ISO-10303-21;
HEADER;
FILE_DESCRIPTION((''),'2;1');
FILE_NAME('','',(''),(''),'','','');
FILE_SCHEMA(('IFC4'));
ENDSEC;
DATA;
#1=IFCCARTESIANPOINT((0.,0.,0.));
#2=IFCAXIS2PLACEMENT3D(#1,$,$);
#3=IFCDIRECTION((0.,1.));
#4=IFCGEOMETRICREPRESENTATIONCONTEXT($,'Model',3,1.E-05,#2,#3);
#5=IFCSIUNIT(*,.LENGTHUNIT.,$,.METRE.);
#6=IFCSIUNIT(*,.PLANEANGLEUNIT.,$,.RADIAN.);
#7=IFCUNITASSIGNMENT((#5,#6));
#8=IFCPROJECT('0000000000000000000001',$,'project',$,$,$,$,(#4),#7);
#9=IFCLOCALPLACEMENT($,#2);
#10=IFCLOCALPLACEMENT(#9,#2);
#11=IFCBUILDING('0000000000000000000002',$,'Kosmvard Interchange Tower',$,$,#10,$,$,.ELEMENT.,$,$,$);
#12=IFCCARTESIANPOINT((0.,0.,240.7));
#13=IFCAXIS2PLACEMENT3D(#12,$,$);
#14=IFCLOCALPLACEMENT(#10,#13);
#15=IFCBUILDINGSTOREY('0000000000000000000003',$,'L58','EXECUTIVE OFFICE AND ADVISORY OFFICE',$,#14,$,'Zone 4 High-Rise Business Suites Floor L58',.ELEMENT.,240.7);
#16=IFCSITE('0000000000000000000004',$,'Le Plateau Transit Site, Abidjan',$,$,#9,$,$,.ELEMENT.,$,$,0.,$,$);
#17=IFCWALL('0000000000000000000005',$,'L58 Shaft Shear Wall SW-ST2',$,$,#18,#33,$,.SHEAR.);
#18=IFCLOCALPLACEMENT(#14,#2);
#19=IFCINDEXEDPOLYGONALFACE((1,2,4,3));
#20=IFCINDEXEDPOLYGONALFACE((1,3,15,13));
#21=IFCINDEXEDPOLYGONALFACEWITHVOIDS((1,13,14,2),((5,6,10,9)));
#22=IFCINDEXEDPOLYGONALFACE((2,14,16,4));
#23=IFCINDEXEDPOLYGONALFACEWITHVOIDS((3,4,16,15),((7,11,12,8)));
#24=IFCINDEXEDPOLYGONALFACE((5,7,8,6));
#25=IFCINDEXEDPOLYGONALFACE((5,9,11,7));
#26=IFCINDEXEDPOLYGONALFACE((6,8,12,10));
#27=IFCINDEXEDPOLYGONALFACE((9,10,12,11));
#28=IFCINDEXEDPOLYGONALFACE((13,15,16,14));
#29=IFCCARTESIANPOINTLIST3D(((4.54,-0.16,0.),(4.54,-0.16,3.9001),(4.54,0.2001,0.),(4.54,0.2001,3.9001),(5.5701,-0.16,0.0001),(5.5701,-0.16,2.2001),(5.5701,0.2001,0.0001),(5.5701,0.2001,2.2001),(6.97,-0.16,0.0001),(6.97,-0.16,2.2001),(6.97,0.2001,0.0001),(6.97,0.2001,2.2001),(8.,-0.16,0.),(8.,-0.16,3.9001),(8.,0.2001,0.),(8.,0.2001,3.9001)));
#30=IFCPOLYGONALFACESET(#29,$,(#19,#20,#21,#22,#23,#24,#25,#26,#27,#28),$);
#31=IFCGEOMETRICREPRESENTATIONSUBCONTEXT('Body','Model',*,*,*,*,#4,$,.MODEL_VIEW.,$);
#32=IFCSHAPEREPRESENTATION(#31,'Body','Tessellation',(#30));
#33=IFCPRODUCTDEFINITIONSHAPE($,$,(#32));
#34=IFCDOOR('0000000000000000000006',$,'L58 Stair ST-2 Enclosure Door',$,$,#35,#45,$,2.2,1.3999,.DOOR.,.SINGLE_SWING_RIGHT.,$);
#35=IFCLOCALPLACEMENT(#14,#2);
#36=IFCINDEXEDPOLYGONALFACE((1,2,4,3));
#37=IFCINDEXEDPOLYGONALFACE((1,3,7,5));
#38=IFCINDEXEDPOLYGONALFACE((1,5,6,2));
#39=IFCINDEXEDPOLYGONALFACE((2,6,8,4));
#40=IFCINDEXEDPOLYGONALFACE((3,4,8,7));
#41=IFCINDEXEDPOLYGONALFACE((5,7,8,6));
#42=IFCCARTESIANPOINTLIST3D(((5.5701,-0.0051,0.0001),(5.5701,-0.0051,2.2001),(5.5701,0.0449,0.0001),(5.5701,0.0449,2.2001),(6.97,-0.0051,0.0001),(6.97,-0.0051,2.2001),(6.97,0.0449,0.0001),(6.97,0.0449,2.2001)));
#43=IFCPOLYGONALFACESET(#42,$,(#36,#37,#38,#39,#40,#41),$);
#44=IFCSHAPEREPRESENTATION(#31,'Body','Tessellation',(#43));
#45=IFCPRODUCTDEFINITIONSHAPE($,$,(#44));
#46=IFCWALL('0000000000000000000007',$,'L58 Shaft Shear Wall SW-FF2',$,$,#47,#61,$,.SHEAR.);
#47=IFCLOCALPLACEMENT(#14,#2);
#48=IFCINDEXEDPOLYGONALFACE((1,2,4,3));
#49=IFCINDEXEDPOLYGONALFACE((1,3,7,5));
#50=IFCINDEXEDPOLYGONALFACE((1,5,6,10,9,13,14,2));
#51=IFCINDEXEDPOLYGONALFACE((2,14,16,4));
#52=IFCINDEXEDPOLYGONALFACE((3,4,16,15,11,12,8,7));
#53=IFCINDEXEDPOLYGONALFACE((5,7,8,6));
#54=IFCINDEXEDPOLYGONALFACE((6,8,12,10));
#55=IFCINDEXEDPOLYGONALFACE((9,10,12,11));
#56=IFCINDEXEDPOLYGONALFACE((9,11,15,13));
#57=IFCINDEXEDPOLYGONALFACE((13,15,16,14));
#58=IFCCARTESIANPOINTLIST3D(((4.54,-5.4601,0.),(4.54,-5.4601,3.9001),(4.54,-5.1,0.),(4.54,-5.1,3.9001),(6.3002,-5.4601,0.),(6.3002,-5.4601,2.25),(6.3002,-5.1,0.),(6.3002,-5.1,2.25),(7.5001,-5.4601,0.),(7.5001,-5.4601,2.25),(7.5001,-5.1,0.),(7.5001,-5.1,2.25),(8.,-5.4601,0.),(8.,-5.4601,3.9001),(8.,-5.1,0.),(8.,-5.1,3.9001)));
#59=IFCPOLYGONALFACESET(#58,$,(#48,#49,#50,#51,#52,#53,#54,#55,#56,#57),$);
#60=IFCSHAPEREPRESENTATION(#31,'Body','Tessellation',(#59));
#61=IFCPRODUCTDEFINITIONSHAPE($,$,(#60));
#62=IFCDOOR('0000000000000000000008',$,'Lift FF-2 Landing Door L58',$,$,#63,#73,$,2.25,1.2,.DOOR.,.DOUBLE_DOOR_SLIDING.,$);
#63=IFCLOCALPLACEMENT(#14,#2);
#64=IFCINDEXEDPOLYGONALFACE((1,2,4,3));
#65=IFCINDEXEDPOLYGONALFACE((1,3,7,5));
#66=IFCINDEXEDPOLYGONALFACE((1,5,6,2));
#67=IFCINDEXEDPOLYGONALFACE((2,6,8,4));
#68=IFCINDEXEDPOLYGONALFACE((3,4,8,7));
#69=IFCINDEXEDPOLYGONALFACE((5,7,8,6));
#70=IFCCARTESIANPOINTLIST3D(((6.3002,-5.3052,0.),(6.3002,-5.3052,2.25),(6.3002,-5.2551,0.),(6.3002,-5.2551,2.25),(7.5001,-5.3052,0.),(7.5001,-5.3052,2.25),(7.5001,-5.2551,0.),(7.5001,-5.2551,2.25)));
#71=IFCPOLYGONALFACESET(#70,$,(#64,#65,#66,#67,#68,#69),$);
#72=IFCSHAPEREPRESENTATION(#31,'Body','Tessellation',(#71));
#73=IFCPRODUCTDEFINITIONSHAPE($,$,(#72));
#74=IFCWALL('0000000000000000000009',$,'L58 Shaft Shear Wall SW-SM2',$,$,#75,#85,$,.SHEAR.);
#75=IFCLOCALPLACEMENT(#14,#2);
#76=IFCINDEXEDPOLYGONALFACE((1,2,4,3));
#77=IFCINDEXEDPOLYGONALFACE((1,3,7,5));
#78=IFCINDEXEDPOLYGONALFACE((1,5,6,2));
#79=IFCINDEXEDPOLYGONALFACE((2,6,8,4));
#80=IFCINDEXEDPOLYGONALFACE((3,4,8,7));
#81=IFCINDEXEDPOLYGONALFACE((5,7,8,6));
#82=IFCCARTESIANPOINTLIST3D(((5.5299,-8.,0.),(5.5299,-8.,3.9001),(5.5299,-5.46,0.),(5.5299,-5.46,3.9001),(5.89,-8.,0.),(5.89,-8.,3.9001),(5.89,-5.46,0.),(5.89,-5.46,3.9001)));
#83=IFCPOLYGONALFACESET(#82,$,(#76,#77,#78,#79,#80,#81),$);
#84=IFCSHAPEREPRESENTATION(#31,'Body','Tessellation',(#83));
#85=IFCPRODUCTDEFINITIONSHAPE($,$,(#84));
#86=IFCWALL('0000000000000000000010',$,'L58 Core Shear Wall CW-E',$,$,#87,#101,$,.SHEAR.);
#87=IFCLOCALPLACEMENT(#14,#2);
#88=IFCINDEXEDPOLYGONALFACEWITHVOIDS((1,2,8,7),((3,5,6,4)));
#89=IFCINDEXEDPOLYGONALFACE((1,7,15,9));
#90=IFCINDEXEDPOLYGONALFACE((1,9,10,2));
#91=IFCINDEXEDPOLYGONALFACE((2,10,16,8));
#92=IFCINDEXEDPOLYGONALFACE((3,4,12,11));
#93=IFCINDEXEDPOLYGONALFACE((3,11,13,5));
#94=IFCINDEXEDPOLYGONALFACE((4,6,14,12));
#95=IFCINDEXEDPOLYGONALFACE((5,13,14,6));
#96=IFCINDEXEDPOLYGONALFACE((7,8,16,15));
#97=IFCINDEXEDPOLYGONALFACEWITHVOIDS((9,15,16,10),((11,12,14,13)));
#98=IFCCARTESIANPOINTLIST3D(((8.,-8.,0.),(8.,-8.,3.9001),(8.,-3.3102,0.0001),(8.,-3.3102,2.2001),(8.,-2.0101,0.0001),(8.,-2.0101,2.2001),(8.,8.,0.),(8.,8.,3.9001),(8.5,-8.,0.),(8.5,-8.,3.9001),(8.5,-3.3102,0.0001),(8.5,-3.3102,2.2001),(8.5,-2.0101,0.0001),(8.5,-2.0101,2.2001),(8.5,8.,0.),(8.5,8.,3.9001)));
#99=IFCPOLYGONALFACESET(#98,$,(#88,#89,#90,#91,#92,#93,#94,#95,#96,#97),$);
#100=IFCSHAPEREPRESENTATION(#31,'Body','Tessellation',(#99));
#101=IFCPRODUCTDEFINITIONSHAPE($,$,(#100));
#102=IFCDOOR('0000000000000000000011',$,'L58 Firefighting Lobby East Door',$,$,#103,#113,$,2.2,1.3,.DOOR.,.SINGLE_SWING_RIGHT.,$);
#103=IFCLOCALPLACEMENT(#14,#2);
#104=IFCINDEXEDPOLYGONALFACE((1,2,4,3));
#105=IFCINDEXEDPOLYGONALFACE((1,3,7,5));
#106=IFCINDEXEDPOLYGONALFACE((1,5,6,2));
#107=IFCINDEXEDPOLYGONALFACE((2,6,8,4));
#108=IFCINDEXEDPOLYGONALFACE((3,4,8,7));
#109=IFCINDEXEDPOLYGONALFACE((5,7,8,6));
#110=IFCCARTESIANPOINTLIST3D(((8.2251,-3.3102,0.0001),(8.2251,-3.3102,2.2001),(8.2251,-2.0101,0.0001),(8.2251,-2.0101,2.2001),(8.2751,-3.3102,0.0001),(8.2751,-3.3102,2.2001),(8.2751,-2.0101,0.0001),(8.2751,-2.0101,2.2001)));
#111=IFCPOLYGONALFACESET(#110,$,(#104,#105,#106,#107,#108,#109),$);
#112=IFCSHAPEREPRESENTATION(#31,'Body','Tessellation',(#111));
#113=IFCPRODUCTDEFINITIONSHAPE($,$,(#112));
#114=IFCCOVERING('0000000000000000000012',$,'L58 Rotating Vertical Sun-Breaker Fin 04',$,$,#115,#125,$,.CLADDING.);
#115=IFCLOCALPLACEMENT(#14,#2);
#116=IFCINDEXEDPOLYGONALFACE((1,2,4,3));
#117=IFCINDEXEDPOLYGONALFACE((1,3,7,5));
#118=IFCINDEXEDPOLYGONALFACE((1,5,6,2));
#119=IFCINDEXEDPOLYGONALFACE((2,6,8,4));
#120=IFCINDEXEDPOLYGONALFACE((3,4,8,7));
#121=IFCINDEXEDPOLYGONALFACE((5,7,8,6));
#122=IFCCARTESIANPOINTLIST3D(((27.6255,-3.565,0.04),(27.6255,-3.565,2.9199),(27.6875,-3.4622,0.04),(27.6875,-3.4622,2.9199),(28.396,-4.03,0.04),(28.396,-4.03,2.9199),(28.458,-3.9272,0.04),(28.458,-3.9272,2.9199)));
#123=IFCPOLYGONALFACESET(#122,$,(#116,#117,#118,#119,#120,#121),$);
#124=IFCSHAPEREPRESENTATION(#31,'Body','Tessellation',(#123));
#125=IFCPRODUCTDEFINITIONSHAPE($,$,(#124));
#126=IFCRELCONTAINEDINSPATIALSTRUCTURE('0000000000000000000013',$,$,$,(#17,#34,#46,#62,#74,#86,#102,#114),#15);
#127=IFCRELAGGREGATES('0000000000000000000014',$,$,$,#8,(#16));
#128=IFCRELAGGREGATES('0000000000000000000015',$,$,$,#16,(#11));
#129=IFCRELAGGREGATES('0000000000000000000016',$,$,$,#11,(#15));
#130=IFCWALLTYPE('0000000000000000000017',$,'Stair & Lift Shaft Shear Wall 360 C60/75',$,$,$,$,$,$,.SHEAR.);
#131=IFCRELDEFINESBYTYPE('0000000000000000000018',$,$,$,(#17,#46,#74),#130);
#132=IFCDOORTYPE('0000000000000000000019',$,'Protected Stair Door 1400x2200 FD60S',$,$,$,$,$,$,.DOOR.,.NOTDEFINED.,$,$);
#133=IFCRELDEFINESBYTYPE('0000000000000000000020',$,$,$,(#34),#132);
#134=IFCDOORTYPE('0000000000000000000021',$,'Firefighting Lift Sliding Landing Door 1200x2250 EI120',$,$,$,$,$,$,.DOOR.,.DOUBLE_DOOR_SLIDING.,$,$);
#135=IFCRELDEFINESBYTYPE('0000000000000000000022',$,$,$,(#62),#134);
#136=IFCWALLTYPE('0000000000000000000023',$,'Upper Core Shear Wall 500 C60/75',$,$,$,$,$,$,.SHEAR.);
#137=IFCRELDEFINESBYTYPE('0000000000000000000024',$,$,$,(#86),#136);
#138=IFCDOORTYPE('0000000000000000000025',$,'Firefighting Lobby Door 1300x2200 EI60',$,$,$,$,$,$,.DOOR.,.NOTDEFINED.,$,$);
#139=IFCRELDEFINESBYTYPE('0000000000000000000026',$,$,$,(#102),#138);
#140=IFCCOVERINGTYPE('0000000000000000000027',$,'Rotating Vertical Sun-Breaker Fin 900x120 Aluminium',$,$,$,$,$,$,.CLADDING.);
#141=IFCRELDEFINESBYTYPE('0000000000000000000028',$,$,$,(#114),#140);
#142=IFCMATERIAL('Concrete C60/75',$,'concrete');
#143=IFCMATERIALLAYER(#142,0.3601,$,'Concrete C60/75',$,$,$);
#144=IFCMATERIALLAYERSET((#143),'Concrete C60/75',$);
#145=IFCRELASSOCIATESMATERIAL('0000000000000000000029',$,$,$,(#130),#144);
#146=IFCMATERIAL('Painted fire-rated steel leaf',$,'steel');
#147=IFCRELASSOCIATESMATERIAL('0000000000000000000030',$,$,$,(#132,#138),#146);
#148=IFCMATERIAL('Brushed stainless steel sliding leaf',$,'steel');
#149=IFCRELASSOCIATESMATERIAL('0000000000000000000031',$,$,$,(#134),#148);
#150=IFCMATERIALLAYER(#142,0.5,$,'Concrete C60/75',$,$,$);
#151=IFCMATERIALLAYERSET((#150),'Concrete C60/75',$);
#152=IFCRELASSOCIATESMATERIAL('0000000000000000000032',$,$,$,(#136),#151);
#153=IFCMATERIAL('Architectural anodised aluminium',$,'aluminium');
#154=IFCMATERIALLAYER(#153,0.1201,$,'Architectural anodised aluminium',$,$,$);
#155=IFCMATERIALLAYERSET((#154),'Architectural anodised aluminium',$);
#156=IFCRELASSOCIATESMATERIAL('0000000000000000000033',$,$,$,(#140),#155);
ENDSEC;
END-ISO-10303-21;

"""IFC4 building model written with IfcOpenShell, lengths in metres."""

from ifc_helpers import new_model, si_unit, direction, frame, frame_2d, origin, origin_2d, place, context, subcontext, project, spatial, rectangle, extrude, source, transform, mapped, material, layer, layer_set, type_object, element, fill, save


model = new_model("IFC4")

# Units and contexts
model_context = context("Model", 3, precision=1e-05, world=origin(), true_north=direction((0.0, 1.0)))
body_context = subcontext(model_context, "Body", "Model", "MODEL_VIEW")
ifc_project = project(units=[si_unit("LENGTHUNIT", "METRE"), si_unit("PLANEANGLEUNIT", "RADIAN")], contexts=[model_context])

# Site, building, storey
site_placement = place(None, origin())
site = spatial("IfcSite", under=ifc_project, at=site_placement, Name="Le Plateau Transit Site, Abidjan", CompositionType="ELEMENT", RefElevation=0.0)
building_placement = place(site_placement, origin())
building = spatial("IfcBuilding", under=site, at=building_placement, Name="Kosmvard Interchange Tower", CompositionType="ELEMENT")
storey_placement = place(building_placement, frame((0.0, 0.0, 240.7)))
storey = spatial("IfcBuildingStorey", under=building, at=storey_placement, Name="L58", Description="EXECUTIVE OFFICE AND ADVISORY OFFICE", LongName="Zone 4 High-Rise Business Suites Floor L58", CompositionType="ELEMENT", Elevation=240.7)

# Shared definitions
ifc_material_1 = material(Name="Concrete C60/75", Category="concrete")

# Shared definitions
ifc_material_2 = material(Name="Painted fire-rated steel leaf", Category="steel")
ifc_material_3 = material(Name="Brushed stainless steel sliding leaf", Category="steel")

# Shared definitions
ifc_layer_1 = layer(ifc_material_1, 0.3601, Name="Concrete C60/75")
ifc_layer_set_1 = layer_set([ifc_layer_1], Name="Concrete C60/75")
wall_type_1 = type_object("IfcWallType", Name="Stair & Lift Shaft Shear Wall 360 C60/75", PredefinedType="SHEAR", material=ifc_layer_set_1)

# Walls, openings, doors
wall_1_placement = place(storey_placement, frame((4.54, 0.02, 0.0), z_axis=(0.0, 0.0, 1.0), x_axis=(1.0, 0.0, 0.0)))
wall_1 = element("IfcWall", 1, at=wall_1_placement, inside=storey, type_object=wall_type_1, Name="L58 Shaft Shear Wall SW-ST2", PredefinedType="SHEAR", context=body_context, shape_type="SweptSolid", body=[
    extrude(rectangle(XDim=3.46, YDim=0.3601, at=frame_2d((1.73, 0.0))), origin(), (0.0, 0.0, 1.0), 3.9001),
])
opening_1_placement = place(wall_1_placement, frame((1.03, 0.0, 0.0)))
opening_1 = element("IfcOpeningElement", 2, at=opening_1_placement, cuts=wall_1, PredefinedType="OPENING", context=body_context, shape_type="SweptSolid", body=[
    extrude(rectangle(XDim=1.3999, YDim=2.2, at=frame_2d((0.7, 1.1001))), frame((0.0, 0.1899, 0.0), z_axis=(0.0, -1.0, 0.0), x_axis=(1.0, 0.0, 0.0)), (0.0, 0.0, 1.0), 0.3801),
])
door_type_1 = type_object("IfcDoorType", Name="Protected Stair Door 1400x2200 FD60S", OperationType="NOTDEFINED", PredefinedType="DOOR", material=ifc_material_2)
shared_shape_1 = source(origin(), body_context, "Body", "SweptSolid", [
    extrude(rectangle(XDim=1.3999, YDim=2.2, at=frame_2d((0.7, 1.1001))), frame((0.0, 0.0249, 0.0), z_axis=(0.0, -1.0, 0.0), x_axis=(1.0, 0.0, 0.0)), (0.0, 0.0, 1.0), 0.05),
])
door_1_placement = place(opening_1_placement, origin())
door_1 = element("IfcDoor", 3, at=door_1_placement, inside=storey, type_object=door_type_1, Name="L58 Stair ST-2 Enclosure Door", OperationType="SINGLE_SWING_RIGHT", OverallHeight=2.2, OverallWidth=1.3999, PredefinedType="DOOR", context=body_context, shape_type="MappedRepresentation", body=[
    mapped(shared_shape_1, transform((0.0, 0.0, 0.0), scale=1.0)),
])
fill(opening_1, door_1)
wall_2_placement = place(storey_placement, frame((4.54, -5.28, 0.0), z_axis=(0.0, 0.0, 1.0), x_axis=(1.0, 0.0, 0.0)))
wall_2 = element("IfcWall", 4, at=wall_2_placement, inside=storey, type_object=wall_type_1, Name="L58 Shaft Shear Wall SW-FF2", PredefinedType="SHEAR", context=body_context, shape_type="SweptSolid", body=[
    extrude(rectangle(XDim=3.46, YDim=0.3601, at=frame_2d((1.73, 0.0))), origin(), (0.0, 0.0, 1.0), 3.9001),
])
opening_2_placement = place(wall_2_placement, frame((1.76, 0.0, 0.0)))
opening_2 = element("IfcOpeningElement", 5, at=opening_2_placement, cuts=wall_2, PredefinedType="OPENING", context=body_context, shape_type="SweptSolid", body=[
    extrude(rectangle(XDim=1.2, YDim=2.25, at=frame_2d((0.6001, 1.125))), frame((0.0, 0.1899, 0.0), z_axis=(0.0, -1.0, 0.0), x_axis=(1.0, 0.0, 0.0)), (0.0, 0.0, 1.0), 0.3801),
])
door_type_2 = type_object("IfcDoorType", Name="Firefighting Lift Sliding Landing Door 1200x2250 EI120", OperationType="DOUBLE_DOOR_SLIDING", PredefinedType="DOOR", material=ifc_material_3)
shared_shape_2 = source(origin(), body_context, "Body", "SweptSolid", [
    extrude(rectangle(XDim=1.2, YDim=2.25, at=frame_2d((0.6001, 1.125))), frame((0.0, 0.0249, 0.0), z_axis=(0.0, -1.0, 0.0), x_axis=(1.0, 0.0, 0.0)), (0.0, 0.0, 1.0), 0.05),
])
door_2_placement = place(opening_2_placement, origin())
door_2 = element("IfcDoor", 6, at=door_2_placement, inside=storey, type_object=door_type_2, Name="Lift FF-2 Landing Door L58", OperationType="DOUBLE_DOOR_SLIDING", OverallHeight=2.25, OverallWidth=1.2, PredefinedType="DOOR", context=body_context, shape_type="MappedRepresentation", body=[
    mapped(shared_shape_2, transform((0.0, 0.0, 0.0), scale=1.0)),
])
fill(opening_2, door_2)

# Wall
wall_3_placement = place(storey_placement, frame((5.71, -8.0, 0.0), z_axis=(0.0, 0.0, 1.0), x_axis=(0.0, 1.0, 0.0)))
element("IfcWall", 7, at=wall_3_placement, inside=storey, type_object=wall_type_1, Name="L58 Shaft Shear Wall SW-SM2", PredefinedType="SHEAR", context=body_context, shape_type="SweptSolid", body=[
    extrude(rectangle(XDim=2.54, YDim=0.3601, at=frame_2d((1.27, 0.0))), origin(), (0.0, 0.0, 1.0), 3.9001),
])

# Wall, opening, door
ifc_layer_2 = layer(ifc_material_1, 0.5, Name="Concrete C60/75")
ifc_layer_set_2 = layer_set([ifc_layer_2], Name="Concrete C60/75")
wall_type_2 = type_object("IfcWallType", Name="Upper Core Shear Wall 500 C60/75", PredefinedType="SHEAR", material=ifc_layer_set_2)
wall_4_placement = place(storey_placement, frame((8.25, -8.0, 0.0), z_axis=(0.0, 0.0, 1.0), x_axis=(0.0, 1.0, 0.0)))
wall_4 = element("IfcWall", 8, at=wall_4_placement, inside=storey, type_object=wall_type_2, Name="L58 Core Shear Wall CW-E", PredefinedType="SHEAR", context=body_context, shape_type="SweptSolid", body=[
    extrude(rectangle(XDim=16.0, YDim=0.5, at=frame_2d((8.0, 0.0))), origin(), (0.0, 0.0, 1.0), 3.9001),
])
opening_3_placement = place(wall_4_placement, frame((4.6899, 0.0, 0.0)))
opening_3 = element("IfcOpeningElement", 9, at=opening_3_placement, cuts=wall_4, PredefinedType="OPENING", context=body_context, shape_type="SweptSolid", body=[
    extrude(rectangle(XDim=1.3, YDim=2.2, at=frame_2d((0.6499, 1.1001))), frame((0.0, 0.26, 0.0), z_axis=(0.0, -1.0, 0.0), x_axis=(1.0, 0.0, 0.0)), (0.0, 0.0, 1.0), 0.52),
])
door_type_3 = type_object("IfcDoorType", Name="Firefighting Lobby Door 1300x2200 EI60", OperationType="NOTDEFINED", PredefinedType="DOOR", material=ifc_material_2)
shared_shape_3 = source(origin(), body_context, "Body", "SweptSolid", [
    extrude(rectangle(XDim=1.3, YDim=2.2, at=frame_2d((0.6499, 1.1001))), frame((0.0, 0.0249, 0.0), z_axis=(0.0, -1.0, 0.0), x_axis=(1.0, 0.0, 0.0)), (0.0, 0.0, 1.0), 0.05),
])
door_3_placement = place(opening_3_placement, origin())
door_3 = element("IfcDoor", 10, at=door_3_placement, inside=storey, type_object=door_type_3, Name="L58 Firefighting Lobby East Door", OperationType="SINGLE_SWING_RIGHT", OverallHeight=2.2, OverallWidth=1.3, PredefinedType="DOOR", context=body_context, shape_type="MappedRepresentation", body=[
    mapped(shared_shape_3, transform((0.0, 0.0, 0.0), scale=1.0)),
])
fill(opening_3, door_3)

# Covering
ifc_material_4 = material(Name="Architectural anodised aluminium", Category="aluminium")
ifc_layer_3 = layer(ifc_material_4, 0.1201, Name="Architectural anodised aluminium")
ifc_layer_set_3 = layer_set([ifc_layer_3], Name="Architectural anodised aluminium")
covering_type = type_object("IfcCoveringType", Name="Rotating Vertical Sun-Breaker Fin 900x120 Aluminium", PredefinedType="CLADDING", material=ifc_layer_set_3)
shared_shape_4 = source(origin(), body_context, "Body", "SweptSolid", [
    extrude(rectangle(XDim=0.8999, YDim=0.1201, at=origin_2d()), origin(), (0.0, 0.0, 1.0), 2.8799),
])
covering_placement = place(storey_placement, frame((28.0417, -3.7461, 0.04), z_axis=(0.0, 0.0, 1.0), x_axis=(0.856177, -0.516683, 0.0)))
element("IfcCovering", 11, at=covering_placement, inside=storey, type_object=covering_type, Name="L58 Rotating Vertical Sun-Breaker Fin 04", PredefinedType="CLADDING", context=body_context, shape_type="MappedRepresentation", body=[
    mapped(shared_shape_4, transform((0.0, 0.0, 0.0), scale=1.0)),
])

save(model, "model.ifc")
